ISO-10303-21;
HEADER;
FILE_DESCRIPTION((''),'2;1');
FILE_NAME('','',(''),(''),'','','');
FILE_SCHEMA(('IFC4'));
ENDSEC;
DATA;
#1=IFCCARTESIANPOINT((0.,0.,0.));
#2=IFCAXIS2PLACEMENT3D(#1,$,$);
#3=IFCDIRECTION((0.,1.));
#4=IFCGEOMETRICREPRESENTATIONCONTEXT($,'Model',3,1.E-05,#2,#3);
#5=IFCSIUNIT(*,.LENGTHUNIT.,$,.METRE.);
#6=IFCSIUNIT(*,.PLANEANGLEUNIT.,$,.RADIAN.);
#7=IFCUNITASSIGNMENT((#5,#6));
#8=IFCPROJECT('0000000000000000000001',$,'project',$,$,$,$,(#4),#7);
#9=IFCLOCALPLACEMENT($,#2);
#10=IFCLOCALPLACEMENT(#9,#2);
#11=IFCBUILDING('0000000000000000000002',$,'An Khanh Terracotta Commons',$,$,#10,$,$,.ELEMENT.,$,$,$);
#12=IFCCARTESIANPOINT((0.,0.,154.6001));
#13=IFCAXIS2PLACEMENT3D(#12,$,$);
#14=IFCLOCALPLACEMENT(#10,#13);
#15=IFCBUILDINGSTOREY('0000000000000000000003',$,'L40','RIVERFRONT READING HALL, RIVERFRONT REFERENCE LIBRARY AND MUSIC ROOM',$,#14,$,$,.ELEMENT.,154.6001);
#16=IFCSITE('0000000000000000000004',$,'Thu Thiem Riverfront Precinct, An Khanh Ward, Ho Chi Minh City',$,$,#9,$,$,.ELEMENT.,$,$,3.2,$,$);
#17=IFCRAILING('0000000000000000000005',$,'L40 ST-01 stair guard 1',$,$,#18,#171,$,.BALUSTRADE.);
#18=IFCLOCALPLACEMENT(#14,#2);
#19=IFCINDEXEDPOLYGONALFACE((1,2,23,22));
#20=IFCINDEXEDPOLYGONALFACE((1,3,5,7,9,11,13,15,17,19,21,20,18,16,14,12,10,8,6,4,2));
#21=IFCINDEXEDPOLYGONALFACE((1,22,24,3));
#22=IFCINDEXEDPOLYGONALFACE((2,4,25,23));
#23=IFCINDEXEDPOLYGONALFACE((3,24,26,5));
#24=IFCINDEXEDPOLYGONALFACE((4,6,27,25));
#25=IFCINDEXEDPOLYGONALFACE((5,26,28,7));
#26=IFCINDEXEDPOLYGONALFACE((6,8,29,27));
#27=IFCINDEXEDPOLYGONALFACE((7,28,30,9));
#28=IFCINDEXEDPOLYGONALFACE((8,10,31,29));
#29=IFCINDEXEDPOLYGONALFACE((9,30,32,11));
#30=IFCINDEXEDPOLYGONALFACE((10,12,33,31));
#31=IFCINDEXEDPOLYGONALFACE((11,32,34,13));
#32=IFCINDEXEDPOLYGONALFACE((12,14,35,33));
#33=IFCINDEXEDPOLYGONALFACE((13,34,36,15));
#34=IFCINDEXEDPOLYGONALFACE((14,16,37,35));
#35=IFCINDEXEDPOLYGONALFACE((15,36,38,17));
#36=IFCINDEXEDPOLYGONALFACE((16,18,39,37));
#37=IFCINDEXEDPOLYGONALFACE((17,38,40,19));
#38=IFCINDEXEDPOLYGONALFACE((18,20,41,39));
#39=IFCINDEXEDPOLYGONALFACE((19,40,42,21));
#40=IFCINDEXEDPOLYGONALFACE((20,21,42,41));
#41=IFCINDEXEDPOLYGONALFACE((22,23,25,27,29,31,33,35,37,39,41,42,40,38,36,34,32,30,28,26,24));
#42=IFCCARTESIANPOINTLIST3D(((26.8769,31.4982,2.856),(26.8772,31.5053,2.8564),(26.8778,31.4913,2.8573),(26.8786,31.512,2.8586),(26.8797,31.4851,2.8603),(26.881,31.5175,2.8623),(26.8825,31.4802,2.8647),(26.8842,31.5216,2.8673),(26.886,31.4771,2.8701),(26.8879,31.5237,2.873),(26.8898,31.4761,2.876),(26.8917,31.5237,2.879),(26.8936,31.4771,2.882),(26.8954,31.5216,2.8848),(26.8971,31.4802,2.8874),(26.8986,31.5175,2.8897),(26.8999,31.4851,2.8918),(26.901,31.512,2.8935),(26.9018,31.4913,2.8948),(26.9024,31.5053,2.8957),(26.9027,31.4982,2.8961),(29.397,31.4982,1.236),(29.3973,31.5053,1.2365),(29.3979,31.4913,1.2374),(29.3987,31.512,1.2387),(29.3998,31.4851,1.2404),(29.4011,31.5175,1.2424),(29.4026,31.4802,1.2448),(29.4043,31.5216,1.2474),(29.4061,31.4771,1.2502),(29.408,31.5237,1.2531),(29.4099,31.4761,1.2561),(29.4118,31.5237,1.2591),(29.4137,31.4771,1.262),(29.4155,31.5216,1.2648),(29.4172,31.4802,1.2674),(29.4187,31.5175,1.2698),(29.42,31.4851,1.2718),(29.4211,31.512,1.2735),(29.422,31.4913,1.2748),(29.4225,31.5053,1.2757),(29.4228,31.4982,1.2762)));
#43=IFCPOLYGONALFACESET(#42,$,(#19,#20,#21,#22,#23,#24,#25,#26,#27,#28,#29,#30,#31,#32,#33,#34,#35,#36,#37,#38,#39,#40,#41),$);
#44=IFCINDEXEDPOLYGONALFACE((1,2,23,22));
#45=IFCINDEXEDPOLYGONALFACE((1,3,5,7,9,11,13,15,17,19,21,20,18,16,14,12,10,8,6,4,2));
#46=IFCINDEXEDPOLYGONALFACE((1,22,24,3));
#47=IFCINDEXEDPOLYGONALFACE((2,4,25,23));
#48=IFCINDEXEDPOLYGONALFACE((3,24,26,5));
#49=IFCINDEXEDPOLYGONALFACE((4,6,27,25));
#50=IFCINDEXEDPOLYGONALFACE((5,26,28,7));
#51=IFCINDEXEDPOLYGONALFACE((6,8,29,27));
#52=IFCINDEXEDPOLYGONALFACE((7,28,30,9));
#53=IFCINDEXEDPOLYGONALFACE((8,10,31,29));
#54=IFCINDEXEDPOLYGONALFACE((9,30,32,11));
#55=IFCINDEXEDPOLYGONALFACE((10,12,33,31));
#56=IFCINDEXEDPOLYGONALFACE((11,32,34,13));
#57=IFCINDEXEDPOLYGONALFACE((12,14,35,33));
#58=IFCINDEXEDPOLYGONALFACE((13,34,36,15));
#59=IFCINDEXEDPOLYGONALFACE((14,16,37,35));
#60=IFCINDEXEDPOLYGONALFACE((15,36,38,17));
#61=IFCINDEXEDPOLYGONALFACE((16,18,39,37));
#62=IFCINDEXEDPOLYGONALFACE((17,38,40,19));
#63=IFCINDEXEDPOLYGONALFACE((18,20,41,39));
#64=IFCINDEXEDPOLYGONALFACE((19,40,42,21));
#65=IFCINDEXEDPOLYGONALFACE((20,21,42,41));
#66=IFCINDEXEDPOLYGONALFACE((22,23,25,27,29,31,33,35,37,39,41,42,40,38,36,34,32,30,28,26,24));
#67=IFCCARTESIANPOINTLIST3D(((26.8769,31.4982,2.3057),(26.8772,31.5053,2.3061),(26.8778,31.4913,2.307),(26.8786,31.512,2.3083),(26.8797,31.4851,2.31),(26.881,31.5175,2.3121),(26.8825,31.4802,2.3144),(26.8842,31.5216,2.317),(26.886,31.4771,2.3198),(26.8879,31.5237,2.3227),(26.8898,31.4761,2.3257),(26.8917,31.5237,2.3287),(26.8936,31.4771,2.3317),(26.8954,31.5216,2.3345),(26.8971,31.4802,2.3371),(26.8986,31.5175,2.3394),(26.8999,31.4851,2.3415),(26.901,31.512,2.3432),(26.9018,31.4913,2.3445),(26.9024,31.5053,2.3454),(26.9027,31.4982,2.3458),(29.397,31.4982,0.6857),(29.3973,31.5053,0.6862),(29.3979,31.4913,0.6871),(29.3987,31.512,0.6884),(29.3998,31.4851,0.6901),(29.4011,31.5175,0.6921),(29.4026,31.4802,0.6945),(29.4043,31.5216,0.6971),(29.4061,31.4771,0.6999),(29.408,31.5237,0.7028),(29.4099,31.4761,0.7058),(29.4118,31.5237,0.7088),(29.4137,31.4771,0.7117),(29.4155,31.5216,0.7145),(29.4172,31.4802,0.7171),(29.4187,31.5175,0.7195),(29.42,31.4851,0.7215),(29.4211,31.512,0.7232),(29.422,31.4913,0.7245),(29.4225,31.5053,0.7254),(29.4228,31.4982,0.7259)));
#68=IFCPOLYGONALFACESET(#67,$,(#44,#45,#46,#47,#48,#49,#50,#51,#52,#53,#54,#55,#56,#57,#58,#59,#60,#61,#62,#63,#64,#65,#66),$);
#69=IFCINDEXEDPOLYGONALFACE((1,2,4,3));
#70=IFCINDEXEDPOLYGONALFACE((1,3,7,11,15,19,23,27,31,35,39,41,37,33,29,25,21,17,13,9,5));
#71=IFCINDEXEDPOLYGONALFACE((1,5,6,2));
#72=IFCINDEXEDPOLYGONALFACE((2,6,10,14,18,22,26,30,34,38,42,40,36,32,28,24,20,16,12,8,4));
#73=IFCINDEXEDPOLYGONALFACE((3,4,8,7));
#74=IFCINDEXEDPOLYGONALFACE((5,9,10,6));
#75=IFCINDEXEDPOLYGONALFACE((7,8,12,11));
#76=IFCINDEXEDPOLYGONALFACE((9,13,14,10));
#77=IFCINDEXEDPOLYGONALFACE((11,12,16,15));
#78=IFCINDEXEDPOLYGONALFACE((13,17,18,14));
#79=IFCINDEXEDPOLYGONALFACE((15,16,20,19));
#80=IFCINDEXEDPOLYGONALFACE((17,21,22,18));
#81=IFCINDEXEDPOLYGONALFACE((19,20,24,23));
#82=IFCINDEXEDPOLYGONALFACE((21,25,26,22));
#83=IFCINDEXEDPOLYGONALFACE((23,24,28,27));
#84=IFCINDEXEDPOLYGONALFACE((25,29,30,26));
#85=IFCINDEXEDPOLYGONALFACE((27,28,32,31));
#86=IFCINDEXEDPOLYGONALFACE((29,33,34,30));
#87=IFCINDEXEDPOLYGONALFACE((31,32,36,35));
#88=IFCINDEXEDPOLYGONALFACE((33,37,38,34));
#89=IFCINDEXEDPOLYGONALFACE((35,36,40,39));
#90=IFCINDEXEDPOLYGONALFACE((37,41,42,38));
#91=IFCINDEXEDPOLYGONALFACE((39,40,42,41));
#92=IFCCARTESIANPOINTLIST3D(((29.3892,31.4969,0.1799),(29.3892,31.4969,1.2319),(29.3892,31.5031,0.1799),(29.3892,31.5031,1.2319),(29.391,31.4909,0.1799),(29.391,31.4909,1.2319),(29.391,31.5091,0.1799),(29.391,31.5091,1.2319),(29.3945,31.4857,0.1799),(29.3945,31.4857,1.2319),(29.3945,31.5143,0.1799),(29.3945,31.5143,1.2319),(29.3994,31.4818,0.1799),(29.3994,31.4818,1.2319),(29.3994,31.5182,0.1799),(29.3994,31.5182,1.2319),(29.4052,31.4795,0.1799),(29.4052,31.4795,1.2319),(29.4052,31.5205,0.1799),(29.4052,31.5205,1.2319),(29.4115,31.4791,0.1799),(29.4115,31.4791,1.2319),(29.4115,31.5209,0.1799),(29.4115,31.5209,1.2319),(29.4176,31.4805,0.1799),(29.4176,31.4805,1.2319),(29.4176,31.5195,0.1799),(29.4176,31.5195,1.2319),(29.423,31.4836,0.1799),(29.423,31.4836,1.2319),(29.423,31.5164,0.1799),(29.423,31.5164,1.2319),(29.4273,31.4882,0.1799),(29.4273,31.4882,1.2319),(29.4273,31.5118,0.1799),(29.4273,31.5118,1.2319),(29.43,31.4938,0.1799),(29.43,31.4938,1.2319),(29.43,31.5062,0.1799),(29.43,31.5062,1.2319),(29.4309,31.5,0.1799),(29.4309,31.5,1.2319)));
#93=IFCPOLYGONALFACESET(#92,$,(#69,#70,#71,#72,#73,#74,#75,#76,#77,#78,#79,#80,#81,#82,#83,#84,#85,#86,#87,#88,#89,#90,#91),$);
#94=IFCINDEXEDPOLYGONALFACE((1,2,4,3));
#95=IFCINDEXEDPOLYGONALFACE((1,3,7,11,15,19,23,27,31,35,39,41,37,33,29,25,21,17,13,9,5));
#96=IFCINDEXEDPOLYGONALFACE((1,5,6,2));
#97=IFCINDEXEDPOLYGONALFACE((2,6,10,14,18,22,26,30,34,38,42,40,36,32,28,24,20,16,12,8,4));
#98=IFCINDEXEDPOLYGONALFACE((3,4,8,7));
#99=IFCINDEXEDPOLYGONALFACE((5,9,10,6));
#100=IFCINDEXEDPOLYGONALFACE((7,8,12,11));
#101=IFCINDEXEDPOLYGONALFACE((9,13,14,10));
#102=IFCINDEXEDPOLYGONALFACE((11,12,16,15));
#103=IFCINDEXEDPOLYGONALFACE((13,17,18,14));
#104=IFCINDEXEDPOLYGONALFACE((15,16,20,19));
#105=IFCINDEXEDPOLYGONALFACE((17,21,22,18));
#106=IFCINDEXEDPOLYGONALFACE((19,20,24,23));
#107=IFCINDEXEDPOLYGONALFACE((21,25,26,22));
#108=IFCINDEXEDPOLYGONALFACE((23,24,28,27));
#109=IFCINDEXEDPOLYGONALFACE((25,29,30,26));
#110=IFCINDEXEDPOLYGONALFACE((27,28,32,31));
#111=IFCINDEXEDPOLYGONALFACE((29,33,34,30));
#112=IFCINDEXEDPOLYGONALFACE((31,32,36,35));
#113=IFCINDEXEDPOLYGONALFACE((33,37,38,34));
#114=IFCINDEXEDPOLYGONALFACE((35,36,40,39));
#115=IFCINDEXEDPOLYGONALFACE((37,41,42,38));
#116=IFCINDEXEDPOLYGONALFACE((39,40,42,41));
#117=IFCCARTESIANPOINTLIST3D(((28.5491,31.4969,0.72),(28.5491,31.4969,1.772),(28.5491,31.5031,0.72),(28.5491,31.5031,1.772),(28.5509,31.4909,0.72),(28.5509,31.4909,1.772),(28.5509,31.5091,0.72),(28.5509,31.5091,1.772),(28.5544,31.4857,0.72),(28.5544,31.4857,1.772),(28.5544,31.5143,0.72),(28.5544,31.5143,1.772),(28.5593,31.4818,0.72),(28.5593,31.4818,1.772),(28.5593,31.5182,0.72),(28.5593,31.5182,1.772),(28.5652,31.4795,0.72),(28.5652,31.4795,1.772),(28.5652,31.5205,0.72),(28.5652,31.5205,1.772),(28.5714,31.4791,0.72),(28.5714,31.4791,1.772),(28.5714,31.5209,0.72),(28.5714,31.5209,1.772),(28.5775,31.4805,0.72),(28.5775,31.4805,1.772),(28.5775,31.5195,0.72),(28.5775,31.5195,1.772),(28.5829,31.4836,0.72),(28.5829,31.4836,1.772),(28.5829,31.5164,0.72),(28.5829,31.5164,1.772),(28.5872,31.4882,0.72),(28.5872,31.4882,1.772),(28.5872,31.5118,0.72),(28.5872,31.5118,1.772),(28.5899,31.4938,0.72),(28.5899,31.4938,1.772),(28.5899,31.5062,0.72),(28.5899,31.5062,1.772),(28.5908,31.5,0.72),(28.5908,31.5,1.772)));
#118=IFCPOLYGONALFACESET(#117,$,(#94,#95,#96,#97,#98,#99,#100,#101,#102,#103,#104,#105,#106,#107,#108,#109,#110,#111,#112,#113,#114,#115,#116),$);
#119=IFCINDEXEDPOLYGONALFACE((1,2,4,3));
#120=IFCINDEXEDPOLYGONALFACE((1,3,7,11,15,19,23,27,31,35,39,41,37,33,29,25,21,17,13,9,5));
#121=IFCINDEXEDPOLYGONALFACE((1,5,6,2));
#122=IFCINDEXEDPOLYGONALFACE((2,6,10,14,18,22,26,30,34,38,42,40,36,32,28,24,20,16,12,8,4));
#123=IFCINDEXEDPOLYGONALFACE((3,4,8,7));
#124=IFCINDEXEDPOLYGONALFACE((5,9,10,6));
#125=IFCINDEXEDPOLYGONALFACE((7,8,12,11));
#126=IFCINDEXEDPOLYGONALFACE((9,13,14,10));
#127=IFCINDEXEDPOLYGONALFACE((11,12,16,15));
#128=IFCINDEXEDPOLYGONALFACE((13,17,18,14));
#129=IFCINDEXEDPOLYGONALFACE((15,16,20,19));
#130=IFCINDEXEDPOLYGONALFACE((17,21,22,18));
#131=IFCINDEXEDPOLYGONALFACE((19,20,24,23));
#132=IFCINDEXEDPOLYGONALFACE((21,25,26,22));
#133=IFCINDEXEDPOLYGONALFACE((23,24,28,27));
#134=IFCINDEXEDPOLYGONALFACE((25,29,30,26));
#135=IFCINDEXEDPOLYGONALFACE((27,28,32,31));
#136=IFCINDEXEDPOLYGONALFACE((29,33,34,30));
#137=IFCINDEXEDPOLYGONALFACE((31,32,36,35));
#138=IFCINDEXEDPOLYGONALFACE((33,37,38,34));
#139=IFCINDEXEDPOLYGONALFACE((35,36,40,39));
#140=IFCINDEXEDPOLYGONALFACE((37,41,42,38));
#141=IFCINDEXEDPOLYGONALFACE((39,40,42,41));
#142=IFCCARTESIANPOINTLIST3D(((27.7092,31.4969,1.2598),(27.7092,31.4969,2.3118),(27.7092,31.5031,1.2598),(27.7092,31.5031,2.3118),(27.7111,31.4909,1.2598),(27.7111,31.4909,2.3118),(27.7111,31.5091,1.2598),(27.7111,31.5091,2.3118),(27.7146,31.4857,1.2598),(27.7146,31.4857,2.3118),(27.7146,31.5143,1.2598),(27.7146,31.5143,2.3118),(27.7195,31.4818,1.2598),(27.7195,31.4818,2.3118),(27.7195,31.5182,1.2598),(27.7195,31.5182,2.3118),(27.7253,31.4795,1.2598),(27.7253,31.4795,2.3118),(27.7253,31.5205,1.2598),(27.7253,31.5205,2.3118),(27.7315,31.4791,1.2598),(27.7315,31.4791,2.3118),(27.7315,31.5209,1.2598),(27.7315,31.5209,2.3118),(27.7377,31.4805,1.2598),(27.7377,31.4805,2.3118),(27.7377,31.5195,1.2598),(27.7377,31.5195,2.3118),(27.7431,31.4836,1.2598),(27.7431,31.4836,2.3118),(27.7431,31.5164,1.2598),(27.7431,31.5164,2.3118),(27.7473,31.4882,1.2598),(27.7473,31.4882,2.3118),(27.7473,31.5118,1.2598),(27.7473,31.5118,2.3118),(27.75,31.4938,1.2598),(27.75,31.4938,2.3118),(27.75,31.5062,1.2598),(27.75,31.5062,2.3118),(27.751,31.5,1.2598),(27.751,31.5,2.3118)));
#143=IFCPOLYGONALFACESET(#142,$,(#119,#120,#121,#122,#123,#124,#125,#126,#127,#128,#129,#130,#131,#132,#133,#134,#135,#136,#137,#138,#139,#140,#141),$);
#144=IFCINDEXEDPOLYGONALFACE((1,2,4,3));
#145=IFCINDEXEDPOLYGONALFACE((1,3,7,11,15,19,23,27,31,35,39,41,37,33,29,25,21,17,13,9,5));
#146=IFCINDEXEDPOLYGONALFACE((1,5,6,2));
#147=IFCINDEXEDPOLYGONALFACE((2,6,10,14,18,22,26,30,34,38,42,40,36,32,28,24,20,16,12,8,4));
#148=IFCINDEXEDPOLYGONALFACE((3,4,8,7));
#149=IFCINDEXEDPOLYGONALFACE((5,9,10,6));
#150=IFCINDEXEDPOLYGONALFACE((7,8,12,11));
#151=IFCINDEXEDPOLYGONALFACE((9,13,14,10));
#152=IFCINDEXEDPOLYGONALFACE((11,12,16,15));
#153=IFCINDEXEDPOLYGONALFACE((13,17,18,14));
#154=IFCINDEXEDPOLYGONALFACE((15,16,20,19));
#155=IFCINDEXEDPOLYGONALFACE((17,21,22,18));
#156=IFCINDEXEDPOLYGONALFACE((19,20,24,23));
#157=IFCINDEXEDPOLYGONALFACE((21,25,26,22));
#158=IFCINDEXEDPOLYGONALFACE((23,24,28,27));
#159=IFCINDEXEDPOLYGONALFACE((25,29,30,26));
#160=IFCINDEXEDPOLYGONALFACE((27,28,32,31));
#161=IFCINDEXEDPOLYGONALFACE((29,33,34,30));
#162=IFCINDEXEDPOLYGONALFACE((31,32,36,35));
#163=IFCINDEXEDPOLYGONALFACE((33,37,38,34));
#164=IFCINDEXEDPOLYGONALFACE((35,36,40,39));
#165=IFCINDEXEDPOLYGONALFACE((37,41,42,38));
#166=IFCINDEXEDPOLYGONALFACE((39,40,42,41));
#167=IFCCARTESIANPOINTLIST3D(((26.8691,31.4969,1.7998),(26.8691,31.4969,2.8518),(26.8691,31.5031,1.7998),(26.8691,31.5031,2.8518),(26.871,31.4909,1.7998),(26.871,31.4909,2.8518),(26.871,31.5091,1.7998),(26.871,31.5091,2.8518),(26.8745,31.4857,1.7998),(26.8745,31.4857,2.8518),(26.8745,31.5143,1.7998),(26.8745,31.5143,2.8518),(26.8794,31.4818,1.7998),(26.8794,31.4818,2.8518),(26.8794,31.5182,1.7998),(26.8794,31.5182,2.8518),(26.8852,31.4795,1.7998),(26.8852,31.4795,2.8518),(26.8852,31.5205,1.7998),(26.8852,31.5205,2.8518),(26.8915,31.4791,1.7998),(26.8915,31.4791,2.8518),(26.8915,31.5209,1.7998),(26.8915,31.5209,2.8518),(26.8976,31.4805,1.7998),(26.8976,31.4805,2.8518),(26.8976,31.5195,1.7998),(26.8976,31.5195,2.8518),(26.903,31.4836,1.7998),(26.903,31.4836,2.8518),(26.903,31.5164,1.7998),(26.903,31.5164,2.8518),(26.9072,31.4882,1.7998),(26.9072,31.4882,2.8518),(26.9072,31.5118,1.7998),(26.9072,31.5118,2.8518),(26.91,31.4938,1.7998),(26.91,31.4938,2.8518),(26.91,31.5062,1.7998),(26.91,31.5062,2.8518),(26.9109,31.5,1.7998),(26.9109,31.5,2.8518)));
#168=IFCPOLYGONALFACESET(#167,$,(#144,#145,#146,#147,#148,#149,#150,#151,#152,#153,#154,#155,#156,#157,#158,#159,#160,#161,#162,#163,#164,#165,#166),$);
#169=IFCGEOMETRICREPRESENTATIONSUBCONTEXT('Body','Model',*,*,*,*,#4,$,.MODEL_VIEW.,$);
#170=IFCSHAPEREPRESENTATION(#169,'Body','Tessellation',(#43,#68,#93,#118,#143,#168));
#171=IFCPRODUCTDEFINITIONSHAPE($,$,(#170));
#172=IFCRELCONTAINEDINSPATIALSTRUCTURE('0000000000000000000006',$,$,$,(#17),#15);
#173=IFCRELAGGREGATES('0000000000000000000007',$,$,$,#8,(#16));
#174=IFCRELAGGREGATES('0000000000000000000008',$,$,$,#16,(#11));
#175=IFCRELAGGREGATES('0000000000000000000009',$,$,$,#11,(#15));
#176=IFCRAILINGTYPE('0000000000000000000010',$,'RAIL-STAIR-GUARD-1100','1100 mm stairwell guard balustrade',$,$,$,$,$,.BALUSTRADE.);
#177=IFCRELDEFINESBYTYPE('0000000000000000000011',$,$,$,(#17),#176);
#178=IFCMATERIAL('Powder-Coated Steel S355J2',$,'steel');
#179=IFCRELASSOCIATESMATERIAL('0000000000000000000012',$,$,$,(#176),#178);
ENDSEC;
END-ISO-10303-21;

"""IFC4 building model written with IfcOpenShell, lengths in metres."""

from ifc_helpers import new_model, si_unit, direction, frame, origin, origin_2d, place, context, subcontext, project, spatial, circle, extrude, material, type_object, element, save


model = new_model("IFC4")

# Units and contexts
model_context = context("Model", 3, precision=1e-05, world=origin(), true_north=direction((0.0, 1.0)))
body_context = subcontext(model_context, "Body", "Model", "MODEL_VIEW")
ifc_project = project(units=[si_unit("LENGTHUNIT", "METRE"), si_unit("PLANEANGLEUNIT", "RADIAN")], contexts=[model_context])

# Site, building, storey
site_placement = place(None, origin())
site = spatial("IfcSite", under=ifc_project, at=site_placement, Name="Thu Thiem Riverfront Precinct, An Khanh Ward, Ho Chi Minh City", CompositionType="ELEMENT", RefElevation=3.2)
building_placement = place(site_placement, origin())
building = spatial("IfcBuilding", under=site, at=building_placement, Name="An Khanh Terracotta Commons", CompositionType="ELEMENT")
storey_placement = place(building_placement, frame((0.0, 0.0, 154.6001)))
storey = spatial("IfcBuildingStorey", under=building, at=storey_placement, Name="L40", Description="RIVERFRONT READING HALL, RIVERFRONT REFERENCE LIBRARY AND MUSIC ROOM", CompositionType="ELEMENT", Elevation=154.6001)

# Railing
ifc_material_1 = material(Name="Powder-Coated Steel S355J2", Category="steel")
railing_type_1 = type_object("IfcRailingType", Name="RAIL-STAIR-GUARD-1100", Description="1100 mm stairwell guard balustrade", PredefinedType="BALUSTRADE", material=ifc_material_1)
railing_1_placement = place(storey_placement, frame((29.4099, 31.5, 0.1799)))
element("IfcRailing", 1, at=railing_1_placement, inside=storey, type_object=railing_type_1, Name="L40 ST-01 stair guard 1", PredefinedType="BALUSTRADE", context=body_context, shape_type="SweptSolid", body=[
    extrude(circle(Radius=0.0239, at=origin_2d()), frame((0.0, 0.0, 1.0762), z_axis=(-0.8412, 0.0, 0.540725), x_axis=(0.0, -1.0, 0.0)), (0.0, 0.0, 1.0), 2.9958),
    extrude(circle(Radius=0.0239, at=origin_2d()), frame((0.0, 0.0, 0.5259), z_axis=(-0.8412, 0.0, 0.540725), x_axis=(0.0, -1.0, 0.0)), (0.0, 0.0, 1.0), 2.9958),
    extrude(circle(Radius=0.021, at=origin_2d()), origin(), (0.0, 0.0, 1.0), 1.052),
    extrude(circle(Radius=0.021, at=origin_2d()), frame((-0.8401, 0.0, 0.54)), (0.0, 0.0, 1.0), 1.052),
    extrude(circle(Radius=0.021, at=origin_2d()), frame((-1.6799, 0.0, 1.0798)), (0.0, 0.0, 1.0), 1.052),
    extrude(circle(Radius=0.021, at=origin_2d()), frame((-2.52, 0.0, 1.6199)), (0.0, 0.0, 1.0), 1.052),
])

save(model, "model.ifc")
